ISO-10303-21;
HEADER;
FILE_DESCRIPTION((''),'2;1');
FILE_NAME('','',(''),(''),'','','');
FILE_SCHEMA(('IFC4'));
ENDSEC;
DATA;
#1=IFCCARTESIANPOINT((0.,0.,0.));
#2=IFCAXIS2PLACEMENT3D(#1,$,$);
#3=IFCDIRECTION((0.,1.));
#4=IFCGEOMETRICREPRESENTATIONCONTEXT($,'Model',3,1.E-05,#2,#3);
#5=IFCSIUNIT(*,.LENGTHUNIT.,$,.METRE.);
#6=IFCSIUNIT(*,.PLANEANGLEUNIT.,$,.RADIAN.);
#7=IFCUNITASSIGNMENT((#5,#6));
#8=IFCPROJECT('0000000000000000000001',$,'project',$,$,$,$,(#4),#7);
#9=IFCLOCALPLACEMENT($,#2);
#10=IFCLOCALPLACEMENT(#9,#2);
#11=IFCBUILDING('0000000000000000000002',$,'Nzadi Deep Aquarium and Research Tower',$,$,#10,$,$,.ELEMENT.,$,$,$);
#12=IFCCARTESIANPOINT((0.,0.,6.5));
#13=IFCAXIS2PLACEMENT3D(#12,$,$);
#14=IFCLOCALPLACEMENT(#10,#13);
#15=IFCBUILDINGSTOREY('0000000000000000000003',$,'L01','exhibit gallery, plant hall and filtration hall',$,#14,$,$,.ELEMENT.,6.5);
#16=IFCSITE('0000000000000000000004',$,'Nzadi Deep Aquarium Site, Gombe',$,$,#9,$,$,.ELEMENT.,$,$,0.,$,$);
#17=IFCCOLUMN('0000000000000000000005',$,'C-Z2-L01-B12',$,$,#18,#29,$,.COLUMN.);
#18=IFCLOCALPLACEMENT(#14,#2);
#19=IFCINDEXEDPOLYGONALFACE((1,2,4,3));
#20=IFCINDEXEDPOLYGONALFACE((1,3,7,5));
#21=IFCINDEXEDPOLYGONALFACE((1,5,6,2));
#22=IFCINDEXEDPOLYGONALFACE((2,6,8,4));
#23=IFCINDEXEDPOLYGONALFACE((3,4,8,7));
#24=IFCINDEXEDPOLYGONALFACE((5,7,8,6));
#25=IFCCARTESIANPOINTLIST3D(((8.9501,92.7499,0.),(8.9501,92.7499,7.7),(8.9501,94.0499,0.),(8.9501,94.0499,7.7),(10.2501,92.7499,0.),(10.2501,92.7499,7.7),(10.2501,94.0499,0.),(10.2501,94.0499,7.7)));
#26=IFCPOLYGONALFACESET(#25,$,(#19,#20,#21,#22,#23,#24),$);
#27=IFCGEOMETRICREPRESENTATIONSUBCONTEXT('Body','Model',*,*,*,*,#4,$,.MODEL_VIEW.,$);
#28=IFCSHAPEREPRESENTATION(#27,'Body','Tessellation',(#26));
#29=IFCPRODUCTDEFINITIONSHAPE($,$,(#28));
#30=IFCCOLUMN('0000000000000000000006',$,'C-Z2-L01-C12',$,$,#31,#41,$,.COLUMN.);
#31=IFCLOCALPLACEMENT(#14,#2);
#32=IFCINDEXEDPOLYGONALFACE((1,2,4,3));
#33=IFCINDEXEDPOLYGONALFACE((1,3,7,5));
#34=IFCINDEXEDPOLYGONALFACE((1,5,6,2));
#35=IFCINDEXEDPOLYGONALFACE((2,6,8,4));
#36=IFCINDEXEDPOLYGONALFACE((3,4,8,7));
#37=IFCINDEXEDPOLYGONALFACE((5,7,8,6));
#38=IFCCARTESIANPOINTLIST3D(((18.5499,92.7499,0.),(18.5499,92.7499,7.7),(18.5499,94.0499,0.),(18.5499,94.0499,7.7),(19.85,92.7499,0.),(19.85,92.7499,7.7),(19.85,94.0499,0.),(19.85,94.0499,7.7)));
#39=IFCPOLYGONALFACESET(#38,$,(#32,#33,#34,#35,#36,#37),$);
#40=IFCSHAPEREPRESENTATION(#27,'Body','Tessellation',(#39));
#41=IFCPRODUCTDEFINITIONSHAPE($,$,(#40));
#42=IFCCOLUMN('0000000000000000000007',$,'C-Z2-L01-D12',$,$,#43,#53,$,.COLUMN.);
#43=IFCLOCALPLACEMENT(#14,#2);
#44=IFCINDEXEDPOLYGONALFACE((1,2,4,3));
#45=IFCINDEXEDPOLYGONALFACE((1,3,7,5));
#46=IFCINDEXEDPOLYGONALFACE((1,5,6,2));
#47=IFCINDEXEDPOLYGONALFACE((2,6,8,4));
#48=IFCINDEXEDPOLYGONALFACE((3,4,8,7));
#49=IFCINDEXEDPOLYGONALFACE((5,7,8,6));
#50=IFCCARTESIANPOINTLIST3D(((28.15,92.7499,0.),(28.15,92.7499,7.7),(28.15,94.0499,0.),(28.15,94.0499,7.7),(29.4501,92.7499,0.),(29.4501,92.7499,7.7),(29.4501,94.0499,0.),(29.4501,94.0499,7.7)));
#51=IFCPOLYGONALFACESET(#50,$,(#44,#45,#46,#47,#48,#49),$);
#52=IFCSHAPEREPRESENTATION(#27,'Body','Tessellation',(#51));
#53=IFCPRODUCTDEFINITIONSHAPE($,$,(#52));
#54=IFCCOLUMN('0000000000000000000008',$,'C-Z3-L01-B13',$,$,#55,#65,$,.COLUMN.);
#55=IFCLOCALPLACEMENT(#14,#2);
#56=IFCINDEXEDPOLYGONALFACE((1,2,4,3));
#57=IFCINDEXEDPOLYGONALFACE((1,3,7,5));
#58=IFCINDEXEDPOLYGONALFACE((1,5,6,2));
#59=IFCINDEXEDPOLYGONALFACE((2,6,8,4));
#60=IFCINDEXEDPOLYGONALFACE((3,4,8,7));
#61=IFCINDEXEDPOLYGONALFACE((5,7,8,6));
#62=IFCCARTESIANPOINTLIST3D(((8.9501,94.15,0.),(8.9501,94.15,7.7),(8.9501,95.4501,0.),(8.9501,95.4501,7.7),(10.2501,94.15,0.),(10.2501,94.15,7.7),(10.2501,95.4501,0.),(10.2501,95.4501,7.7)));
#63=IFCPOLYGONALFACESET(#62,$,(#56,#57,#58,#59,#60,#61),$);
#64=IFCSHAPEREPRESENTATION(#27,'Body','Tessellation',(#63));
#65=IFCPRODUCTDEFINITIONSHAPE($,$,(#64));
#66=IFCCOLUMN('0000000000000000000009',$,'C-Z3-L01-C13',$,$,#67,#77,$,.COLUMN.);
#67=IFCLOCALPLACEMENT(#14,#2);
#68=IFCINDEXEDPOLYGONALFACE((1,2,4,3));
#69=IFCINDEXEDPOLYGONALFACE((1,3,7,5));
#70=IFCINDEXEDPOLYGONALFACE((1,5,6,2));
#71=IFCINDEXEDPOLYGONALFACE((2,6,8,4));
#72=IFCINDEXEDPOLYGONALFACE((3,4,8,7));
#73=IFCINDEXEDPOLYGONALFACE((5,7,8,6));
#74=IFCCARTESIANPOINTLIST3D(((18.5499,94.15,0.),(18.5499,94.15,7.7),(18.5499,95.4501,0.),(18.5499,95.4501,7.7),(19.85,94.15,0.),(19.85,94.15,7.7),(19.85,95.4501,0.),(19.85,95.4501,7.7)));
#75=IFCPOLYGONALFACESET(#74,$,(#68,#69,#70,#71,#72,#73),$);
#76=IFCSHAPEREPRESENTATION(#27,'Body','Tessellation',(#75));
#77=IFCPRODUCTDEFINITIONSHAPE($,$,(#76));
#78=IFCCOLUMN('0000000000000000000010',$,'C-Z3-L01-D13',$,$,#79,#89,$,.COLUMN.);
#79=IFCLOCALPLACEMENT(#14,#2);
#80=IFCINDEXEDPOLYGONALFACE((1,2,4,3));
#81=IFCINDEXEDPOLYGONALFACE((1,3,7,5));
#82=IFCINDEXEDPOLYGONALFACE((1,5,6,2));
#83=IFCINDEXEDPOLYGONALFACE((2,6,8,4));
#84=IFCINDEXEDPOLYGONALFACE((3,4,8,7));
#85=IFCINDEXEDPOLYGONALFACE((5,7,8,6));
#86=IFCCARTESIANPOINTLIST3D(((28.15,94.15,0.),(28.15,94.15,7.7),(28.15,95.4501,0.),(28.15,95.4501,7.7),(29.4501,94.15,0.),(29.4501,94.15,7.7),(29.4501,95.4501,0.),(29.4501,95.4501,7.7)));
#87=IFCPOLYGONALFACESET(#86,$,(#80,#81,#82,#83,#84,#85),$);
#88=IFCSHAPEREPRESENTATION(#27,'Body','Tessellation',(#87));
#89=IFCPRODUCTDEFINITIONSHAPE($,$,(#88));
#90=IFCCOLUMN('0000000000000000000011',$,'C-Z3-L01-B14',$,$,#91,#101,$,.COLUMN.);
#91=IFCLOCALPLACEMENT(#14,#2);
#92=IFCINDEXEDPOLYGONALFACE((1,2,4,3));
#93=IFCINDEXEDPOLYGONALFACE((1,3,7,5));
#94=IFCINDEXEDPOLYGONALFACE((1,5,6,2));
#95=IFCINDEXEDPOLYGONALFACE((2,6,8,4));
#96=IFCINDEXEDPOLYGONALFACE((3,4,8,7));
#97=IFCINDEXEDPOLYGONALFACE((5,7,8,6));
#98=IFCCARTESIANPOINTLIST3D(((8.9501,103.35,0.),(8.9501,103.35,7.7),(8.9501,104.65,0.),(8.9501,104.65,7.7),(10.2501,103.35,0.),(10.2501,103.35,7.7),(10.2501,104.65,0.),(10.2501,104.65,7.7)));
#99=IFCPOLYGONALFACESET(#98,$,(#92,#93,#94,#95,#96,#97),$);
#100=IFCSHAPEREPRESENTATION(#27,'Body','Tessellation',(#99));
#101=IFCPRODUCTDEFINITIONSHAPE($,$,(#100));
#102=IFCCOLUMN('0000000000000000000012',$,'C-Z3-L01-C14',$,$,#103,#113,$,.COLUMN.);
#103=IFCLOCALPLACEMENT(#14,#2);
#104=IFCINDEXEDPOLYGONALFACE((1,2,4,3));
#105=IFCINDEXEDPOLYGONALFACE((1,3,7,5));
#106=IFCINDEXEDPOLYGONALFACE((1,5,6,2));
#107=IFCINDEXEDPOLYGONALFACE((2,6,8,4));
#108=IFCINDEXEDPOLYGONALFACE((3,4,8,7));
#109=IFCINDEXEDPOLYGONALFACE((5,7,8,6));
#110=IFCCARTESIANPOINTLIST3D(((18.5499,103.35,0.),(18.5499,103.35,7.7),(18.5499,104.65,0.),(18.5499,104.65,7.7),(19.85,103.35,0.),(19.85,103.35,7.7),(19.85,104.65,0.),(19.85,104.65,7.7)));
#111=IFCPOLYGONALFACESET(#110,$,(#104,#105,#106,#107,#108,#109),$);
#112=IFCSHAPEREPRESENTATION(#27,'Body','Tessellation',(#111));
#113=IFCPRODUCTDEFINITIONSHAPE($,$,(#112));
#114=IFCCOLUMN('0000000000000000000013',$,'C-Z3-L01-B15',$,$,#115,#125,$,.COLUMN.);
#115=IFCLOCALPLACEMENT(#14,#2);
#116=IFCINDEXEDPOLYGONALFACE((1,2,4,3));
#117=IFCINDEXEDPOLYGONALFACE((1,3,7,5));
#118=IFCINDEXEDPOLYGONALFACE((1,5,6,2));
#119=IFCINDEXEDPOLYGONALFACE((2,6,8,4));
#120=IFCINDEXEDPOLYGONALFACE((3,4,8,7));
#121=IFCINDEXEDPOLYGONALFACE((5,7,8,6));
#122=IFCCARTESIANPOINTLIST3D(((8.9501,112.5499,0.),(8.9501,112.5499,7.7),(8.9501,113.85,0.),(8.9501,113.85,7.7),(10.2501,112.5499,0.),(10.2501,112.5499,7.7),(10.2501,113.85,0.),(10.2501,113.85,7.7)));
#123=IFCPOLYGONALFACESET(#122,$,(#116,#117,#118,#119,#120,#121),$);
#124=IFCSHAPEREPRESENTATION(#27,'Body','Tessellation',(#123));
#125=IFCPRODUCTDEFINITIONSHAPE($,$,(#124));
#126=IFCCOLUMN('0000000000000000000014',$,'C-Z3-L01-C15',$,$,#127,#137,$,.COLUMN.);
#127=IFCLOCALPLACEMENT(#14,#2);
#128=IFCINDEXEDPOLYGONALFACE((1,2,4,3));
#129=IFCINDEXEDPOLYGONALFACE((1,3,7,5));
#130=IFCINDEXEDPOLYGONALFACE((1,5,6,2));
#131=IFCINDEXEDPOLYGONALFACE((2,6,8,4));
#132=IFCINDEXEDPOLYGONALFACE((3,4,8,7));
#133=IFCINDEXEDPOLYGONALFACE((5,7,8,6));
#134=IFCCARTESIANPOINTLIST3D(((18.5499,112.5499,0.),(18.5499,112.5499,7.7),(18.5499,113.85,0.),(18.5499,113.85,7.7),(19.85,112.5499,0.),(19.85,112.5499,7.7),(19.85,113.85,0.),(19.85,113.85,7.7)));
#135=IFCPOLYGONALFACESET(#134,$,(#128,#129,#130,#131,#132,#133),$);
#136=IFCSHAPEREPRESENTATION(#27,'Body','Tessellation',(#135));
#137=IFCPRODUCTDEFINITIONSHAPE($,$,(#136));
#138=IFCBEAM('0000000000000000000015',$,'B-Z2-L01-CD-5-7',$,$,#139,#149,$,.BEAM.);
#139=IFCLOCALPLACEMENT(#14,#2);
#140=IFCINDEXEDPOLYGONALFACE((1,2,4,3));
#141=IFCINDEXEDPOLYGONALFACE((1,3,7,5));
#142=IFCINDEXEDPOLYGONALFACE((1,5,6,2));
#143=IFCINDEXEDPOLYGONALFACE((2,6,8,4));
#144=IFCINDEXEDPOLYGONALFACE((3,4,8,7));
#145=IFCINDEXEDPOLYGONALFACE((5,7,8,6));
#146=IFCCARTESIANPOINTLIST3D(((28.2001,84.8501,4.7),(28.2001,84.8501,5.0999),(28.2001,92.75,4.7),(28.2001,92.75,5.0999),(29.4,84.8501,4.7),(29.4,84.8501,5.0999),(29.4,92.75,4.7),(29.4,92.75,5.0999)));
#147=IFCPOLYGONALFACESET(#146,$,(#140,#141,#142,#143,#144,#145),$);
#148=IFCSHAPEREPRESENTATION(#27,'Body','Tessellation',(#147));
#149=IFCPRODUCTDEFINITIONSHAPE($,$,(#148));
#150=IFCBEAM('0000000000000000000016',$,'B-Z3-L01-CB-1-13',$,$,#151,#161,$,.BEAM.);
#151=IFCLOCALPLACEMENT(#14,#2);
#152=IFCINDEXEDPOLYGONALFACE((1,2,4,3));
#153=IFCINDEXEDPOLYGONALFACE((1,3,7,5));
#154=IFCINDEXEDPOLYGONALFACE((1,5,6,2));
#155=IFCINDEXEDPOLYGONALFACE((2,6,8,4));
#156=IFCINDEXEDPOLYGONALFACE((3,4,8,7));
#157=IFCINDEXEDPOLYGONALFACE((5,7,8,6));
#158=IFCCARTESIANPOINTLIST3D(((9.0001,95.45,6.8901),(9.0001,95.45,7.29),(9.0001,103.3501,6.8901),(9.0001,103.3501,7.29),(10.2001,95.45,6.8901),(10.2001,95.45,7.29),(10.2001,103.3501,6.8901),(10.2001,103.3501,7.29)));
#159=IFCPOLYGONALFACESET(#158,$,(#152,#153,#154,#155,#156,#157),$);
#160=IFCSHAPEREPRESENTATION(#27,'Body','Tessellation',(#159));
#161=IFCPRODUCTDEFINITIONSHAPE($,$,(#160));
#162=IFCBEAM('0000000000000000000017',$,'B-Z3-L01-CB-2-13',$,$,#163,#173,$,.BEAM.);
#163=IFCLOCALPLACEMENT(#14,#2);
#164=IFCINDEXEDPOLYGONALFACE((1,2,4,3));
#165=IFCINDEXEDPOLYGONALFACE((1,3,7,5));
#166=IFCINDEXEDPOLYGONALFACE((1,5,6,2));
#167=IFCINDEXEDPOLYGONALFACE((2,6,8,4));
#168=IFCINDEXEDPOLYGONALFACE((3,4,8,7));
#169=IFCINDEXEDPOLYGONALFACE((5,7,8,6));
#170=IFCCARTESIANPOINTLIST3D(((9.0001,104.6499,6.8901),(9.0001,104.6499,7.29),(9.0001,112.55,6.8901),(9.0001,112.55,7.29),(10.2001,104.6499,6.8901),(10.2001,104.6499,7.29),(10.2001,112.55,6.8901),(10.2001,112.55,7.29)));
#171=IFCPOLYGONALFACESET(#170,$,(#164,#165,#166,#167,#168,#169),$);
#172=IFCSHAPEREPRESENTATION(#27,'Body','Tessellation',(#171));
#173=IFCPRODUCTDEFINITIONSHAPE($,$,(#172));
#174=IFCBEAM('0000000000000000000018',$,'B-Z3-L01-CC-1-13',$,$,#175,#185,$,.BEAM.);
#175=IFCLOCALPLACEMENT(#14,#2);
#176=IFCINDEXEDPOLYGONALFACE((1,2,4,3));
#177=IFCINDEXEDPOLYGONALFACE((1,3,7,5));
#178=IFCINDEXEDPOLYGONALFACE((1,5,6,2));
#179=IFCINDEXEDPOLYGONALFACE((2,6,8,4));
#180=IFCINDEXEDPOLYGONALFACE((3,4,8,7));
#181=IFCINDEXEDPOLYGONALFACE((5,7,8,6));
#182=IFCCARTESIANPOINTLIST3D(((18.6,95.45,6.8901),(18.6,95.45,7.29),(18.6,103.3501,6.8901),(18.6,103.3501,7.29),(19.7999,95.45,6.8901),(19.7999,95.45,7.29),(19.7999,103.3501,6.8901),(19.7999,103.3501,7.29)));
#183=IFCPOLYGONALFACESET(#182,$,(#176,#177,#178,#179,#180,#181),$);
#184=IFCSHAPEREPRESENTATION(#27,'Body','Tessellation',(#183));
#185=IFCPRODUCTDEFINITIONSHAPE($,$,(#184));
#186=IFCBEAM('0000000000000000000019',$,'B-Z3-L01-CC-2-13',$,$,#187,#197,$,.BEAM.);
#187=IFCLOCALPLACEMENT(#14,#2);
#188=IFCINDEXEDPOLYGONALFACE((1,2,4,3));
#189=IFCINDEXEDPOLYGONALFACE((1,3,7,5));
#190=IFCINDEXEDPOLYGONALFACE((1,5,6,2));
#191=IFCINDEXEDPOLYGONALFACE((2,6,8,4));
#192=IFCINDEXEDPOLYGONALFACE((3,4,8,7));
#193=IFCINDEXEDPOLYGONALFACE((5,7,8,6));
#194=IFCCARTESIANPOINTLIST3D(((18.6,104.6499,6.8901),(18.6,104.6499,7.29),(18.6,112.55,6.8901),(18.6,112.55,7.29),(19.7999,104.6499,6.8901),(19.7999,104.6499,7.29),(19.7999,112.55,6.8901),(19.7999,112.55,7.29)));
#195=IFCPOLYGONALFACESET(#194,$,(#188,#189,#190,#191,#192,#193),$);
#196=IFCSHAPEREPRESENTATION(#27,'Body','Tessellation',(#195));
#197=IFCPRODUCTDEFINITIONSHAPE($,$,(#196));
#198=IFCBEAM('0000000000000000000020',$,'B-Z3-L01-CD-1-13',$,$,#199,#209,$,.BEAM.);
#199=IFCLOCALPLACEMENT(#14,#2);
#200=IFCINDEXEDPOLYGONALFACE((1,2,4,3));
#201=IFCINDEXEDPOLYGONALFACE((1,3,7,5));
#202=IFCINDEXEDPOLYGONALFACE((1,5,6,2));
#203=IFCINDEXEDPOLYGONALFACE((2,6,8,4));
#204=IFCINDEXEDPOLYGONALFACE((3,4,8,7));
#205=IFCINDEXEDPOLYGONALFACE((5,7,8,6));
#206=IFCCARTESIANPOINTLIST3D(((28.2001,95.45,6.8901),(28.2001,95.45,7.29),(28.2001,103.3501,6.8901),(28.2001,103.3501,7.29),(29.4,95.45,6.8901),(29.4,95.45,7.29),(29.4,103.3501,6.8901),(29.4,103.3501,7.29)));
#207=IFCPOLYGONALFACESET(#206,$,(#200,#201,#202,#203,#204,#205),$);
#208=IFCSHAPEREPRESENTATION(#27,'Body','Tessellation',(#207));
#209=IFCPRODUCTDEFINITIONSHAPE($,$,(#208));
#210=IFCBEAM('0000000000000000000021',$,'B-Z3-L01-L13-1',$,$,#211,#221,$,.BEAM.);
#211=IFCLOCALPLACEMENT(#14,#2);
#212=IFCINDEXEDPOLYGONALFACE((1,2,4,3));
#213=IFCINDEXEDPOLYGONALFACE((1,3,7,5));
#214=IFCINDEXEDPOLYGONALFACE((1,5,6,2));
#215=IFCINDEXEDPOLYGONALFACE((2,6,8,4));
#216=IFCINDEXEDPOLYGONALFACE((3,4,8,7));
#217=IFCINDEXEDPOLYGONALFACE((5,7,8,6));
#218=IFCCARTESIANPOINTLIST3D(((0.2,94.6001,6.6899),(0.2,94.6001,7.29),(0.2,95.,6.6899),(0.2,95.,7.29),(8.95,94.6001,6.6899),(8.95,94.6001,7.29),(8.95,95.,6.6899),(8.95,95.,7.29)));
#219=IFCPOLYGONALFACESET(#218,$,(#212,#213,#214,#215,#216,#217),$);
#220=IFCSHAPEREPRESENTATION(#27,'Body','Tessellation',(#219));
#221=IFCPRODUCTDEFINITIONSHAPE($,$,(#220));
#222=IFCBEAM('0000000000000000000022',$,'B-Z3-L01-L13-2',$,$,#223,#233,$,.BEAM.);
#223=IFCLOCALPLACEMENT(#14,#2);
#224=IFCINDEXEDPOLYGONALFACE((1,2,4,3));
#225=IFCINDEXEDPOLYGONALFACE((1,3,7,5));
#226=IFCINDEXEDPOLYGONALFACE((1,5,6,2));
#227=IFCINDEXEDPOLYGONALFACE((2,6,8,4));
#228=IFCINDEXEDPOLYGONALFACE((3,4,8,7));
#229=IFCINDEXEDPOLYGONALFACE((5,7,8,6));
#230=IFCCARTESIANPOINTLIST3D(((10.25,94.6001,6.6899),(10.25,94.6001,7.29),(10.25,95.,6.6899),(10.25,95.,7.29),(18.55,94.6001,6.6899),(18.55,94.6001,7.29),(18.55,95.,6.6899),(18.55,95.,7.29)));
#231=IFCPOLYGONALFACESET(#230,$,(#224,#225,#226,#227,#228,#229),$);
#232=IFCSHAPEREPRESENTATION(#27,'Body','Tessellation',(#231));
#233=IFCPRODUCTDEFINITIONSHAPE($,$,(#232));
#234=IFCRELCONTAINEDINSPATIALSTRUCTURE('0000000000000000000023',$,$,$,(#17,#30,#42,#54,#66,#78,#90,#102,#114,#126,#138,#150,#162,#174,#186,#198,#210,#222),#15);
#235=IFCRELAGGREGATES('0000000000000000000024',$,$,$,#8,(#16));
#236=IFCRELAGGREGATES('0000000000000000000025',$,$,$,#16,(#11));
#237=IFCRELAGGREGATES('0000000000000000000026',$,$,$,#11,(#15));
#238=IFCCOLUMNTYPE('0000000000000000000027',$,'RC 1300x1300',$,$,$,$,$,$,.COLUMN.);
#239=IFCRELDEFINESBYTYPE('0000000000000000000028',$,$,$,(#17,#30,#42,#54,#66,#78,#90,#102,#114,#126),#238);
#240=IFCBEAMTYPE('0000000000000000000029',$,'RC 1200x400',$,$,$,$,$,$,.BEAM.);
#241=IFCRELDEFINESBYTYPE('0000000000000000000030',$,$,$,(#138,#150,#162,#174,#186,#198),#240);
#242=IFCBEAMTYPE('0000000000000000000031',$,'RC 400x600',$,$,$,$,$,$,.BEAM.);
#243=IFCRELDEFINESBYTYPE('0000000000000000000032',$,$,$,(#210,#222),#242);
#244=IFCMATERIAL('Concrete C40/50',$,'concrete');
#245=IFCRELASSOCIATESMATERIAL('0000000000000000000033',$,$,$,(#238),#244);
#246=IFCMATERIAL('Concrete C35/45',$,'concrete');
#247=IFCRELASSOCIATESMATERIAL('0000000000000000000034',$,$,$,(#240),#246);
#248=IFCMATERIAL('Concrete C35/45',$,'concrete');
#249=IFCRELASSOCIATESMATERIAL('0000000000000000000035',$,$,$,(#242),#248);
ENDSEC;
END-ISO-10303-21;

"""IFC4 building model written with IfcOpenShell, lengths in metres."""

from ifc_helpers import new_model, si_unit, direction, frame, origin, origin_2d, place, context, subcontext, project, spatial, rectangle, extrude, material, material_profile, profile_set, type_object, element, save


model = new_model("IFC4")

# Units and contexts
model_context = context("Model", 3, precision=1e-05, world=origin(), true_north=direction((0.0, 1.0)))
body_context = subcontext(model_context, "Body", "Model", "MODEL_VIEW")
ifc_project = project(units=[si_unit("LENGTHUNIT", "METRE"), si_unit("PLANEANGLEUNIT", "RADIAN")], contexts=[model_context])

# Site, building, storey
site_placement = place(None, origin())
site = spatial("IfcSite", under=ifc_project, at=site_placement, Name="Nzadi Deep Aquarium Site, Gombe", CompositionType="ELEMENT", RefElevation=0.0)
building_placement = place(site_placement, origin())
building = spatial("IfcBuilding", under=site, at=building_placement, Name="Nzadi Deep Aquarium and Research Tower", CompositionType="ELEMENT")
storey_placement = place(building_placement, frame((0.0, 0.0, 6.5)))
storey = spatial("IfcBuildingStorey", under=building, at=storey_placement, Name="L01", Description="exhibit gallery, plant hall and filtration hall", CompositionType="ELEMENT", Elevation=6.5)

# Columns
ifc_material_1 = material(Name="Concrete C40/50", Category="concrete")
ifc_material_profile_1 = material_profile(ifc_material_1, rectangle(XDim=1.3, YDim=1.3, at=origin_2d()))
ifc_profile_set_1 = profile_set([ifc_material_profile_1], Name="Concrete C40/50")
column_type = type_object("IfcColumnType", Name="RC 1300x1300", PredefinedType="COLUMN", material=ifc_profile_set_1)
for number, where, z_axis, x_axis, name in (
    (1, (9.6001, 93.3999, 0.0), (0.0, 0.0, 1.0), (1.0, 0.0, 0.0), "C-Z2-L01-B12"),
    (2, (19.2, 93.3999, 0.0), (0.0, 0.0, 1.0), (1.0, 0.0, 0.0), "C-Z2-L01-C12"),
    (3, (28.8, 93.3999, 0.0), (0.0, 0.0, 1.0), (1.0, 0.0, 0.0), "C-Z2-L01-D12"),
    (4, (9.6001, 94.8, 0.0), (0.0, 0.0, 1.0), (1.0, 0.0, 0.0), "C-Z3-L01-B13"),
    (5, (19.2, 94.8, 0.0), (0.0, 0.0, 1.0), (1.0, 0.0, 0.0), "C-Z3-L01-C13"),
    (6, (28.8, 94.8, 0.0), (0.0, 0.0, 1.0), (1.0, 0.0, 0.0), "C-Z3-L01-D13"),
    (7, (9.6001, 104.0, 0.0), (0.0, 0.0, 1.0), (1.0, 0.0, 0.0), "C-Z3-L01-B14"),
    (8, (19.2, 104.0, 0.0), (0.0, 0.0, 1.0), (1.0, 0.0, 0.0), "C-Z3-L01-C14"),
    (9, (9.6001, 113.2, 0.0), (0.0, 0.0, 1.0), (1.0, 0.0, 0.0), "C-Z3-L01-B15"),
    (10, (19.2, 113.2, 0.0), (0.0, 0.0, 1.0), (1.0, 0.0, 0.0), "C-Z3-L01-C15"),
):
    element("IfcColumn", number, at=place(storey_placement, frame(where, z_axis=z_axis, x_axis=x_axis)), inside=storey, type_object=column_type, Name=name, PredefinedType="COLUMN", context=body_context, shape_type="SweptSolid", body=[
        extrude(rectangle(XDim=1.3, YDim=1.3, at=origin_2d()), origin(), (0.0, 0.0, 1.0), 7.7),
    ])

# Beams
ifc_material_2 = material(Name="Concrete C35/45", Category="concrete")
ifc_material_profile_2 = material_profile(ifc_material_2, rectangle(XDim=1.2, YDim=0.3999, at=origin_2d()))
ifc_profile_set_2 = profile_set([ifc_material_profile_2], Name="Concrete C35/45")
beam_type_1 = type_object("IfcBeamType", Name="RC 1200x400", PredefinedType="BEAM", material=ifc_profile_set_2)
beam_1_placement = place(storey_placement, frame((28.8, 84.8501, 4.8999), z_axis=(0.0, 1.0, 0.0), x_axis=(-1.0, 0.0, 0.0)))
element("IfcBeam", 11, at=beam_1_placement, inside=storey, type_object=beam_type_1, Name="B-Z2-L01-CD-5-7", PredefinedType="BEAM", context=body_context, shape_type="SweptSolid", body=[
    extrude(rectangle(XDim=1.2, YDim=0.3999, at=origin_2d()), origin(), (0.0, 0.0, 1.0), 7.8999),
])
for number, where, z_axis, x_axis, name in (
    (12, (9.6001, 95.45, 7.0901), (0.0, 1.0, 0.0), (-1.0, 0.0, 0.0), "B-Z3-L01-CB-1-13"),
    (13, (9.6001, 104.6499, 7.0901), (0.0, 1.0, 0.0), (-1.0, 0.0, 0.0), "B-Z3-L01-CB-2-13"),
    (14, (19.2, 95.45, 7.0901), (0.0, 1.0, 0.0), (-1.0, 0.0, 0.0), "B-Z3-L01-CC-1-13"),
    (15, (19.2, 104.6499, 7.0901), (0.0, 1.0, 0.0), (-1.0, 0.0, 0.0), "B-Z3-L01-CC-2-13"),
    (16, (28.8, 95.45, 7.0901), (0.0, 1.0, 0.0), (-1.0, 0.0, 0.0), "B-Z3-L01-CD-1-13"),
):
    element("IfcBeam", number, at=place(storey_placement, frame(where, z_axis=z_axis, x_axis=x_axis)), inside=storey, type_object=beam_type_1, Name=name, PredefinedType="BEAM", context=body_context, shape_type="SweptSolid", body=[
        extrude(rectangle(XDim=1.2, YDim=0.3999, at=origin_2d()), origin(), (0.0, 0.0, 1.0), 7.9001),
    ])
ifc_material_3 = material(Name="Concrete C35/45", Category="concrete")
ifc_material_profile_3 = material_profile(ifc_material_3, rectangle(XDim=0.3999, YDim=0.6001, at=origin_2d()))
ifc_profile_set_3 = profile_set([ifc_material_profile_3], Name="Concrete C35/45")
beam_type_2 = type_object("IfcBeamType", Name="RC 400x600", PredefinedType="BEAM", material=ifc_profile_set_3)
beam_2_placement = place(storey_placement, frame((0.2, 94.8, 6.99), z_axis=(1.0, 0.0, 0.0), x_axis=(0.0, 1.0, 0.0)))
element("IfcBeam", 17, at=beam_2_placement, inside=storey, type_object=beam_type_2, Name="B-Z3-L01-L13-1", PredefinedType="BEAM", context=body_context, shape_type="SweptSolid", body=[
    extrude(rectangle(XDim=0.3999, YDim=0.6001, at=origin_2d()), origin(), (0.0, 0.0, 1.0), 8.75),
])
beam_3_placement = place(storey_placement, frame((10.25, 94.8, 6.99), z_axis=(1.0, 0.0, 0.0), x_axis=(0.0, 1.0, 0.0)))
element("IfcBeam", 18, at=beam_3_placement, inside=storey, type_object=beam_type_2, Name="B-Z3-L01-L13-2", PredefinedType="BEAM", context=body_context, shape_type="SweptSolid", body=[
    extrude(rectangle(XDim=0.3999, YDim=0.6001, at=origin_2d()), origin(), (0.0, 0.0, 1.0), 8.3),
])

save(model, "model.ifc")
